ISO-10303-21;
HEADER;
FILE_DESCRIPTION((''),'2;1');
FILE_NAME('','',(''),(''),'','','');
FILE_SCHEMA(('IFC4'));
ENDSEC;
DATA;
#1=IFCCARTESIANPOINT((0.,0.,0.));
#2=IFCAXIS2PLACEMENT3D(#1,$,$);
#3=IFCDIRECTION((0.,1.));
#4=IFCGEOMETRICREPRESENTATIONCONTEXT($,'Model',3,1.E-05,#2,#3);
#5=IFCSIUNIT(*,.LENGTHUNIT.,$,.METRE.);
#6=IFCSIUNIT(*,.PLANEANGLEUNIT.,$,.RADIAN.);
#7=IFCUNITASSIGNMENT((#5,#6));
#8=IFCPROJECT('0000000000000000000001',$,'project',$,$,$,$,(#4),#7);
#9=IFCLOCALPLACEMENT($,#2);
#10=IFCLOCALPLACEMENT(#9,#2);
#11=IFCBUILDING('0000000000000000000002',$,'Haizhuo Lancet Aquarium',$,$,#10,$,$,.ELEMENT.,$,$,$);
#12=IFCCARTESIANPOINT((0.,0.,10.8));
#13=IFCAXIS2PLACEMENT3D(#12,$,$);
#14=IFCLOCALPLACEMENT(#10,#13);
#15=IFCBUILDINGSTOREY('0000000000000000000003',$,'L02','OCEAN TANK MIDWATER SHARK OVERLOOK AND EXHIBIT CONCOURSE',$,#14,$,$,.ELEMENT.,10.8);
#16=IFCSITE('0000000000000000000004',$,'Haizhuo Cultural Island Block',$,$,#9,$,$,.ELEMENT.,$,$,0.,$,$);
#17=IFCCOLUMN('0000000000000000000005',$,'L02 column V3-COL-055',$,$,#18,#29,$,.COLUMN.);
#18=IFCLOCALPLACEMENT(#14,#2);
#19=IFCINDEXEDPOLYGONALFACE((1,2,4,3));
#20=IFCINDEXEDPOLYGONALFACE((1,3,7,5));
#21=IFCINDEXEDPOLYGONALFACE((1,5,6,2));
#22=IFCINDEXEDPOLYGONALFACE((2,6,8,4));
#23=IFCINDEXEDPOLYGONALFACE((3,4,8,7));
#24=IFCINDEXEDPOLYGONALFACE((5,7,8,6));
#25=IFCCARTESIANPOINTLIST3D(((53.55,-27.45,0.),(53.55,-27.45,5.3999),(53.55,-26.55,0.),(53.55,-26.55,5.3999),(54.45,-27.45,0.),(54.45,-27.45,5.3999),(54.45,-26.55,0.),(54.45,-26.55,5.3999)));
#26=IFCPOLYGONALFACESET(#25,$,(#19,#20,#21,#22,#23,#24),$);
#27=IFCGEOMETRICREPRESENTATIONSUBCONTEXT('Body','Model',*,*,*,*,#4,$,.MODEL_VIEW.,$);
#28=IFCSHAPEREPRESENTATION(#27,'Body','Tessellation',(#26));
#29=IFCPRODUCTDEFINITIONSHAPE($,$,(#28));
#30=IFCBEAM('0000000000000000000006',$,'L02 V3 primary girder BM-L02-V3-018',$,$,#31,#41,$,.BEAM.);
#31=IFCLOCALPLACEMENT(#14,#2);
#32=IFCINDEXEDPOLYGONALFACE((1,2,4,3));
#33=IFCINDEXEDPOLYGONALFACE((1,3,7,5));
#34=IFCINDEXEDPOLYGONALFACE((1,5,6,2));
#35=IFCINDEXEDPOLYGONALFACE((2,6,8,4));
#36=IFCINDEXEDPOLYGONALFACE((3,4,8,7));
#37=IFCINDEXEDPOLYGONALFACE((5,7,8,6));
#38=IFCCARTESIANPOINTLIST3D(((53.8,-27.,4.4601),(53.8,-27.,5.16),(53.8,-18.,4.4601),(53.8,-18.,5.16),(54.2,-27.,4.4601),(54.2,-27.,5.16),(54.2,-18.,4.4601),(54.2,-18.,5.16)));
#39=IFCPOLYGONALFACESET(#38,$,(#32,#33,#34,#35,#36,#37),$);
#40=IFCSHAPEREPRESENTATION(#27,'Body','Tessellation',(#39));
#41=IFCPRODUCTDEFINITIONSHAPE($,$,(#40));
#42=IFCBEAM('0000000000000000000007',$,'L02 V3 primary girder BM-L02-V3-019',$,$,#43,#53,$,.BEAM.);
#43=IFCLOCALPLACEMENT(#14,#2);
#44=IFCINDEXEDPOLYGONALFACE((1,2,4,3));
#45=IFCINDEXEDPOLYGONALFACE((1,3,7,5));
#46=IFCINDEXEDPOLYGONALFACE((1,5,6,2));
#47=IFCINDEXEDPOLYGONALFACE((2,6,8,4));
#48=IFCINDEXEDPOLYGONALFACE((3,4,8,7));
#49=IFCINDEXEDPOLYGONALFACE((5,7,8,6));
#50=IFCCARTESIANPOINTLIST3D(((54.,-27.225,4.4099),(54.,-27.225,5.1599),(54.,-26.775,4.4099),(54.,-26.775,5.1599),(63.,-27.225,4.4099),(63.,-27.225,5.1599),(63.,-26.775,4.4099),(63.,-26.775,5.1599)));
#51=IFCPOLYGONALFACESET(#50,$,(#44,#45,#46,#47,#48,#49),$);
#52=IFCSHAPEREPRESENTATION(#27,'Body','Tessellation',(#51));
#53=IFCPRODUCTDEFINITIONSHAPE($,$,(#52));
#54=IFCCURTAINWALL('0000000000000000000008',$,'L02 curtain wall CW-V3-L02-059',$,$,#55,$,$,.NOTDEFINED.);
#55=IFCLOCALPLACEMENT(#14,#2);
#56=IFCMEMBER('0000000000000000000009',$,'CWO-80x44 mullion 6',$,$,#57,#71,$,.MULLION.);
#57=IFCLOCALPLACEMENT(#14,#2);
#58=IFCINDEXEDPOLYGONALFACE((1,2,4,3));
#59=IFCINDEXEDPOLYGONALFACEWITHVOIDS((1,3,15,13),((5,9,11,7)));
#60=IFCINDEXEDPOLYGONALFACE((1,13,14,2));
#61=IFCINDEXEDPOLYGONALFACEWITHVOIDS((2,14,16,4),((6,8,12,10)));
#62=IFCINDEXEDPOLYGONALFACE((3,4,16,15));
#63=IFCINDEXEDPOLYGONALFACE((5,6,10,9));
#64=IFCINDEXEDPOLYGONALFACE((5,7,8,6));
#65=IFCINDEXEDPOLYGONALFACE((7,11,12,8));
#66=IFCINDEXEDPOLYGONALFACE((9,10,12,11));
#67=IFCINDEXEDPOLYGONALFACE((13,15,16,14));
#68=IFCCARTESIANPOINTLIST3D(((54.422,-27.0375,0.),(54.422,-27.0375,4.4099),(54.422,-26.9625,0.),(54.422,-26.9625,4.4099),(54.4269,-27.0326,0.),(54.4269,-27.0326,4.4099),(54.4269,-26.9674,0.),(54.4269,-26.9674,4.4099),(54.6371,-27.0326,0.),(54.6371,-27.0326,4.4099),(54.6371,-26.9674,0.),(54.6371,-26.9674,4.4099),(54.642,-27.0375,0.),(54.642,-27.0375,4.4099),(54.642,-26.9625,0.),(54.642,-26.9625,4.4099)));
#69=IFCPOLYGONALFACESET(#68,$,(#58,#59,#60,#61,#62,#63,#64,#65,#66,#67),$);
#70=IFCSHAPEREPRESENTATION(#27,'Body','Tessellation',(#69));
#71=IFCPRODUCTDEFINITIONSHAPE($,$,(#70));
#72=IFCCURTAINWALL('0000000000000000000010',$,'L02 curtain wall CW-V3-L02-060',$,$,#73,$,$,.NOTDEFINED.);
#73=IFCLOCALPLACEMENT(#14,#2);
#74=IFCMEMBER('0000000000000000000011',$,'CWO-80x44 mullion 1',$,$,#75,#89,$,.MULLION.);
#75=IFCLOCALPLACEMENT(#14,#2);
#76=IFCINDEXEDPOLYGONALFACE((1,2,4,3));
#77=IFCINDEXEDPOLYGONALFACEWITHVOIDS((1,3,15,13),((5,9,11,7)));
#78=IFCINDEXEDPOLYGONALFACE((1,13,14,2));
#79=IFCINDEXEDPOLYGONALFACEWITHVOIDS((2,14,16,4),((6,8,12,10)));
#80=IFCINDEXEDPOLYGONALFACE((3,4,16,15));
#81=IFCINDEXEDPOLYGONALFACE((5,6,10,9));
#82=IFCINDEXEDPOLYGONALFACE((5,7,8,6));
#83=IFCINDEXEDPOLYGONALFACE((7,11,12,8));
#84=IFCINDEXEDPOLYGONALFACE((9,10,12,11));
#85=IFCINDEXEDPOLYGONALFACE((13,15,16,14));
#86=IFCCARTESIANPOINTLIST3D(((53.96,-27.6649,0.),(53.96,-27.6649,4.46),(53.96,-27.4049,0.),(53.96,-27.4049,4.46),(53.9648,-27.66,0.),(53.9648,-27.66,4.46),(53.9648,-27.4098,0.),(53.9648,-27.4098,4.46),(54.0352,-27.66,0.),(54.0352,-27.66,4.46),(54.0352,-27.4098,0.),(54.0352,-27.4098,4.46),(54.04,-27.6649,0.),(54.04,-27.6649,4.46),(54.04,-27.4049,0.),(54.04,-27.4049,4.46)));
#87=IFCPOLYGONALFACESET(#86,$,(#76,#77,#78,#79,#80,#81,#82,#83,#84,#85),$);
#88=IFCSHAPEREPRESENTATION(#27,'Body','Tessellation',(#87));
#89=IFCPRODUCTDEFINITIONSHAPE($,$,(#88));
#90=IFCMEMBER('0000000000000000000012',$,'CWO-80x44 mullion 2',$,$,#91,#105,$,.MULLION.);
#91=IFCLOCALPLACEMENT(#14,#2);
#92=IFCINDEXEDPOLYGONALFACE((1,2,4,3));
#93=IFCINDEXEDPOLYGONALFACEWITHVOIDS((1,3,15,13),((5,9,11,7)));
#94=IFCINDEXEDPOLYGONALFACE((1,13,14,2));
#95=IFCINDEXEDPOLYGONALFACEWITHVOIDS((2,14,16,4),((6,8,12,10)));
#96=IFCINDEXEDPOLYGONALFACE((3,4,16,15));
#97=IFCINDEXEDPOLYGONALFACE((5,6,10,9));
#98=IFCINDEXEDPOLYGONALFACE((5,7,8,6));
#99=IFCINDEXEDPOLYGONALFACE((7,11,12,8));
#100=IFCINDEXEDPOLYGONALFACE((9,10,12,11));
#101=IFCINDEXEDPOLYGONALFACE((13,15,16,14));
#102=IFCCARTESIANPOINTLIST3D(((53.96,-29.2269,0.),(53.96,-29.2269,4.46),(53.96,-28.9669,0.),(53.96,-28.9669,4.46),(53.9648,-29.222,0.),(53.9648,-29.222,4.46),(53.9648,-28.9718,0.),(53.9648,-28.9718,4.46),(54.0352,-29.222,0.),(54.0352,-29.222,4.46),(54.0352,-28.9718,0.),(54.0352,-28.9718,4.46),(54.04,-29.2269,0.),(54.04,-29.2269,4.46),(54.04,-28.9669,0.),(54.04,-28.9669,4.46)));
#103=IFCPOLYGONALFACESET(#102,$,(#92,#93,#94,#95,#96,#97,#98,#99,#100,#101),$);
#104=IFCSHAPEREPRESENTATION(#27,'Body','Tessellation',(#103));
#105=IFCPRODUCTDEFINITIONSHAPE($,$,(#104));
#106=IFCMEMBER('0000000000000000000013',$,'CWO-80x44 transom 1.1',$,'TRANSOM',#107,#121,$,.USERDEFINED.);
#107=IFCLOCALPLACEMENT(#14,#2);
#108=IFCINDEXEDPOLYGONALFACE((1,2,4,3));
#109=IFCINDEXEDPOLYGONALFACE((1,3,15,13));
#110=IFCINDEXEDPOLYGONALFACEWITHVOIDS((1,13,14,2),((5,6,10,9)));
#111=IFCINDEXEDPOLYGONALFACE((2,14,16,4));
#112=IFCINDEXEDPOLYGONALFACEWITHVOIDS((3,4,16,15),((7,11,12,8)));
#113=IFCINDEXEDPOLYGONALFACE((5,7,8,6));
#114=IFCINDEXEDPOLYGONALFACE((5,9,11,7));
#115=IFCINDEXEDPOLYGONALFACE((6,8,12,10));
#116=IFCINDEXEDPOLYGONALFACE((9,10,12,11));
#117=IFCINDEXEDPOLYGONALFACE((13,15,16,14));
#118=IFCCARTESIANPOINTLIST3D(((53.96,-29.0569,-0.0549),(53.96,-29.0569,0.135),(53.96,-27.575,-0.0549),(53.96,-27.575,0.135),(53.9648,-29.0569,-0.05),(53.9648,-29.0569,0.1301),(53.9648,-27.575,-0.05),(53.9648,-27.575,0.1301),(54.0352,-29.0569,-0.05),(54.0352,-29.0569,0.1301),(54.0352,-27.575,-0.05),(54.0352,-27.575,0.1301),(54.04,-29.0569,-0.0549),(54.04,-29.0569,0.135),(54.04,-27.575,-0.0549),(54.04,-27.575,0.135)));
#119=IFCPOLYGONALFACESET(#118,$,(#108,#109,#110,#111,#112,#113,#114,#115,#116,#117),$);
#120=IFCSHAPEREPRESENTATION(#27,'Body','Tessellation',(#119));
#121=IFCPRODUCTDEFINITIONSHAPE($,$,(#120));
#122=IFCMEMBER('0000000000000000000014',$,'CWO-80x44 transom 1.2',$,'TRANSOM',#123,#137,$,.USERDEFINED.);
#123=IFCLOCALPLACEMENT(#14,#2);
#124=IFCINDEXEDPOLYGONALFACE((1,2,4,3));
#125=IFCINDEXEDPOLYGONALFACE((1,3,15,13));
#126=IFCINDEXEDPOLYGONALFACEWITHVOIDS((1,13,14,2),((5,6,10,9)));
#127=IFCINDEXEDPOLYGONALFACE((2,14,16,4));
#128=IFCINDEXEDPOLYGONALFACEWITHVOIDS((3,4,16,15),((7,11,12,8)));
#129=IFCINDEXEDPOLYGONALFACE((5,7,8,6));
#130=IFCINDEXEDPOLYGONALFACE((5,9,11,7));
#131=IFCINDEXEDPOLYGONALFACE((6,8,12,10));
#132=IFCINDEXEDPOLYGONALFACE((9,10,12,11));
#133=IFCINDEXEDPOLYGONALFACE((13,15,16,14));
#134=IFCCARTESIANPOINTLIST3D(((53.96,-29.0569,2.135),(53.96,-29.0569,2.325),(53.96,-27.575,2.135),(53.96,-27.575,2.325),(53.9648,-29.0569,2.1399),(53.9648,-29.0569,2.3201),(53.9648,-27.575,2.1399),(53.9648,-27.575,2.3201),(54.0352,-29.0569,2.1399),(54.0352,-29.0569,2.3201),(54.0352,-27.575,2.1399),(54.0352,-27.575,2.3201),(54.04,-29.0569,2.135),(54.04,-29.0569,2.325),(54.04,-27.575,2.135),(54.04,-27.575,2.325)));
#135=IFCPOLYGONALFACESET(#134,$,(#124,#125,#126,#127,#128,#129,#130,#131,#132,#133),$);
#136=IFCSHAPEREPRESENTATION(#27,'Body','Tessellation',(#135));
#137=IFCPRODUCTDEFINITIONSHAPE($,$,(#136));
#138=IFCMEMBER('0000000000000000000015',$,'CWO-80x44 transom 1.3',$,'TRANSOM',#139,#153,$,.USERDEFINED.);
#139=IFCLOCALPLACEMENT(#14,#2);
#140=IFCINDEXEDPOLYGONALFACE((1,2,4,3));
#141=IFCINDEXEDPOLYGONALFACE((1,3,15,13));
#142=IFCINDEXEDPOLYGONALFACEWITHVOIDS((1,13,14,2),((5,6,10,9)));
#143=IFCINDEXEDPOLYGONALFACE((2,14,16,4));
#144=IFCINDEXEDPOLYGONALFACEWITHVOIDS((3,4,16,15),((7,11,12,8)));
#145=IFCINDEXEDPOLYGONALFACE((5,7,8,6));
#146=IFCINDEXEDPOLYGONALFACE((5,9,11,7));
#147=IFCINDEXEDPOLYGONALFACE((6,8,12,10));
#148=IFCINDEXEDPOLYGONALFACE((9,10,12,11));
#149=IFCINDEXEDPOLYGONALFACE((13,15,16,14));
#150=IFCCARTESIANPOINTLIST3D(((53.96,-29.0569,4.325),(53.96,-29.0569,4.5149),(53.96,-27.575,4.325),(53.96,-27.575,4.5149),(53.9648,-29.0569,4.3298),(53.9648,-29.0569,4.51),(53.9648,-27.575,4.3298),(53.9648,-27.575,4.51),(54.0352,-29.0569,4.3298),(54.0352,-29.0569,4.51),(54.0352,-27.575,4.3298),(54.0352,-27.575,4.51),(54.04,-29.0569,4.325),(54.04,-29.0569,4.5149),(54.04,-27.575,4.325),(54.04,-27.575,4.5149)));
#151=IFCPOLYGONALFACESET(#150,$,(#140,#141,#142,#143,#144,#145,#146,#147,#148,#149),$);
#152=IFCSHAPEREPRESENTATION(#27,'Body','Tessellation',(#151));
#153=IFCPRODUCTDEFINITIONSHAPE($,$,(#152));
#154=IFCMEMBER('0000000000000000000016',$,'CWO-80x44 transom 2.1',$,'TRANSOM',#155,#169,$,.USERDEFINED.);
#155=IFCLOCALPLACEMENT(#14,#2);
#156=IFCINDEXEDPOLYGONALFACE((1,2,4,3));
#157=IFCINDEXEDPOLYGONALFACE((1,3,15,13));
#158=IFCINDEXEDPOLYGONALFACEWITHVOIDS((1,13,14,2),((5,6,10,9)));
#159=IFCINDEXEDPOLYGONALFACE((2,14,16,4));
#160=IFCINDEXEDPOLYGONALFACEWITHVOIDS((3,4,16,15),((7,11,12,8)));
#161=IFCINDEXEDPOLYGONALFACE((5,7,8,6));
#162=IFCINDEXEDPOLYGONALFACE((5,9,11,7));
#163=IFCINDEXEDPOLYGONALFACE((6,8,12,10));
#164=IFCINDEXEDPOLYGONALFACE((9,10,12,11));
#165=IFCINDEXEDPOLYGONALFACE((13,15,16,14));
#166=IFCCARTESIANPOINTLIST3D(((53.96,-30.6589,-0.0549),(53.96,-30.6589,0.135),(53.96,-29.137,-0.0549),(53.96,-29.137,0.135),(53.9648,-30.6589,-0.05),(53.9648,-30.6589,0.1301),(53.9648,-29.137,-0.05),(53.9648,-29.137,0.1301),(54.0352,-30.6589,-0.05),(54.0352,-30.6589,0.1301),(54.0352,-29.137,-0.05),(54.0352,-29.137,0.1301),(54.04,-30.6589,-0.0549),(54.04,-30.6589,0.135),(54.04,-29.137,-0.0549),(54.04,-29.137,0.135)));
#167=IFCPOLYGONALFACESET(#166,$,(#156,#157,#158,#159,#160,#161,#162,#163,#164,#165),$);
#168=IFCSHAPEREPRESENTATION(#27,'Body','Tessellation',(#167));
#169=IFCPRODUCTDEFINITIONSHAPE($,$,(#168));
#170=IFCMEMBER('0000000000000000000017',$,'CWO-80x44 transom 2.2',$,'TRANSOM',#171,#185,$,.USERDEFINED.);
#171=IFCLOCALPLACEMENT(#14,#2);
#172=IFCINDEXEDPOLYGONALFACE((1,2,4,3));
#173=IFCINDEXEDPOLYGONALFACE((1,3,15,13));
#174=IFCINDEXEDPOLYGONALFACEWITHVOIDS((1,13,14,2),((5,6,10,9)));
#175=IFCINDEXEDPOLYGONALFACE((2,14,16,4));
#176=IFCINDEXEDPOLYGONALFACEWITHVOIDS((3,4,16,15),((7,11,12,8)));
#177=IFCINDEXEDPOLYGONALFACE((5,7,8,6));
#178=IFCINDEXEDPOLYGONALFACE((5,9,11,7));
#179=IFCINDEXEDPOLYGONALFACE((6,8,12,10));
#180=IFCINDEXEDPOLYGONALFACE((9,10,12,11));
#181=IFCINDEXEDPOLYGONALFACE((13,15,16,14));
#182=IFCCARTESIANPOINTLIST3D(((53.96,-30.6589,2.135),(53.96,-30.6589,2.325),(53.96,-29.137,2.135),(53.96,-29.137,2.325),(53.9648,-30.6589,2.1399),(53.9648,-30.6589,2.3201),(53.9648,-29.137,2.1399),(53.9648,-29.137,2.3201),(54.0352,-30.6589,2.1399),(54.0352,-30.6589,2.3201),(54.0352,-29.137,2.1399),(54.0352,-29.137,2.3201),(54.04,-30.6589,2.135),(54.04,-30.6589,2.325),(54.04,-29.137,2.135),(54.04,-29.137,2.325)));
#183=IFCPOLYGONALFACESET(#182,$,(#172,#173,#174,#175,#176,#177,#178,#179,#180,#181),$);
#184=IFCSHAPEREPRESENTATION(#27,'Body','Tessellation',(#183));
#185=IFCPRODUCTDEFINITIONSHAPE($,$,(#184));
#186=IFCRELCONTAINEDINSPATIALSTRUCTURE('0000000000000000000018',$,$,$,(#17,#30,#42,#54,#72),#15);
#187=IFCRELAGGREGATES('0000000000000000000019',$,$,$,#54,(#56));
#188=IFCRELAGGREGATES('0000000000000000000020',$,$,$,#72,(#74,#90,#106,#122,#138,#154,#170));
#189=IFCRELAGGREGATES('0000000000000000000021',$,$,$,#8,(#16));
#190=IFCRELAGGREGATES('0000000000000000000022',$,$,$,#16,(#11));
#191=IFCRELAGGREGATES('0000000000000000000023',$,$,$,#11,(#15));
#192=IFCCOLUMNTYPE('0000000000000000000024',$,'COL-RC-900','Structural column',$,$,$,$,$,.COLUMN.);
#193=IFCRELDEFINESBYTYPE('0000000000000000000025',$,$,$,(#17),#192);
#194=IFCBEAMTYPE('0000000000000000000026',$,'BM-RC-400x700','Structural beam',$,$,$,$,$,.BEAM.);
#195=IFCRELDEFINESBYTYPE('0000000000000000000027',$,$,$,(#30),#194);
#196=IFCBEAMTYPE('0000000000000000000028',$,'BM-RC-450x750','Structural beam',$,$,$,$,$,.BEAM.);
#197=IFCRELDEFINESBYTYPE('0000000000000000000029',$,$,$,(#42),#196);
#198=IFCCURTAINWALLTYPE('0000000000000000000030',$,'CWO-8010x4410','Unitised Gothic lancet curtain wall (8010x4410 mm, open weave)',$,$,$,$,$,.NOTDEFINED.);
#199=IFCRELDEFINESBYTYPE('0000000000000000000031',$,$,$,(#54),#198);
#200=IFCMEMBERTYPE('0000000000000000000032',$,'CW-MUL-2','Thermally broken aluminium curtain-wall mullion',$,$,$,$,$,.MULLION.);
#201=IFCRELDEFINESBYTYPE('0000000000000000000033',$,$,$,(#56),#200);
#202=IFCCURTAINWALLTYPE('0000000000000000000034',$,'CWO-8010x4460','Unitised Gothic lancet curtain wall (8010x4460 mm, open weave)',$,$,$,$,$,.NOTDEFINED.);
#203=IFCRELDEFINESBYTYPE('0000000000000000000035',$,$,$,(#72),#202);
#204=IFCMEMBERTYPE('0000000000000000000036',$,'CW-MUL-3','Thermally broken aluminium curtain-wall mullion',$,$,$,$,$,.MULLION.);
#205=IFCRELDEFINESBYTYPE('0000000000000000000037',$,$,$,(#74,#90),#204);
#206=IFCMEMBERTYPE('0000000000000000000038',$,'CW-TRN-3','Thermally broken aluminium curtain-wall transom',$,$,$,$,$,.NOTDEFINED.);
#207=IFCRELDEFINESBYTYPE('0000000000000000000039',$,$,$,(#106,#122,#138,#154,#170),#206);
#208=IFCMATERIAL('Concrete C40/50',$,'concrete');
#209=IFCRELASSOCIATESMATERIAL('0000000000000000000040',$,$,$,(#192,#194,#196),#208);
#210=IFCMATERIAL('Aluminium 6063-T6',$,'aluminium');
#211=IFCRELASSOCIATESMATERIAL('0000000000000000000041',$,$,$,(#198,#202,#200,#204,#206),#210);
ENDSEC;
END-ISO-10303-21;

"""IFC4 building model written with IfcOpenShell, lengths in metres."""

from ifc_helpers import new_model, si_unit, direction, frame, origin, origin_2d, place, context, subcontext, project, spatial, rectangle, hollow_rectangle, extrude, material, material_profile, profile_set, type_object, element, aggregate, save


model = new_model("IFC4")

# Units and contexts
model_context = context("Model", 3, precision=1e-05, world=origin(), true_north=direction((0.0, 1.0)))
body_context = subcontext(model_context, "Body", "Model", "MODEL_VIEW")
ifc_project = project(units=[si_unit("LENGTHUNIT", "METRE"), si_unit("PLANEANGLEUNIT", "RADIAN")], contexts=[model_context])

# Site, building, storey
site_placement = place(None, origin())
site = spatial("IfcSite", under=ifc_project, at=site_placement, Name="Haizhuo Cultural Island Block", CompositionType="ELEMENT", RefElevation=0.0)
building_placement = place(site_placement, origin())
building = spatial("IfcBuilding", under=site, at=building_placement, Name="Haizhuo Lancet Aquarium", CompositionType="ELEMENT")
storey_placement = place(building_placement, frame((0.0, 0.0, 10.8)))
storey = spatial("IfcBuildingStorey", under=building, at=storey_placement, Name="L02", Description="OCEAN TANK MIDWATER SHARK OVERLOOK AND EXHIBIT CONCOURSE", CompositionType="ELEMENT", Elevation=10.8)

# Column
ifc_material_1 = material(Name="Concrete C40/50", Category="concrete")
ifc_material_profile_1 = material_profile(ifc_material_1, rectangle(XDim=0.8999, YDim=0.8999, at=origin_2d()), Name="RC-COL 900x900")
ifc_profile_set_1 = profile_set([ifc_material_profile_1], Name="Concrete C40/50")
column_type = type_object("IfcColumnType", Name="COL-RC-900", Description="Structural column", PredefinedType="COLUMN", material=ifc_profile_set_1)
column_placement = place(storey_placement, frame((54.0, -27.0, 0.0), z_axis=(0.0, 0.0, 1.0), x_axis=(1.0, 0.0, 0.0)))
element("IfcColumn", 1, at=column_placement, inside=storey, type_object=column_type, Name="L02 column V3-COL-055", PredefinedType="COLUMN", context=body_context, shape_type="SweptSolid", body=[
    extrude(rectangle(XDim=0.8999, YDim=0.8999, at=origin_2d()), origin(), (0.0, 0.0, 1.0), 5.3999),
])

# Beams
ifc_material_profile_2 = material_profile(ifc_material_1, rectangle(XDim=0.3999, YDim=0.7, at=origin_2d()), Name="RC-BM 400x700")
ifc_profile_set_2 = profile_set([ifc_material_profile_2], Name="Concrete C40/50")
beam_type_1 = type_object("IfcBeamType", Name="BM-RC-400x700", Description="Structural beam", PredefinedType="BEAM", material=ifc_profile_set_2)
beam_1_placement = place(storey_placement, frame((54.0, -27.0, 4.8101), z_axis=(0.0, 1.0, 0.0), x_axis=(-1.0, 0.0, 0.0)))
element("IfcBeam", 2, at=beam_1_placement, inside=storey, type_object=beam_type_1, Name="L02 V3 primary girder BM-L02-V3-018", PredefinedType="BEAM", context=body_context, shape_type="SweptSolid", body=[
    extrude(rectangle(XDim=0.3999, YDim=0.7, at=origin_2d()), origin(), (0.0, 0.0, 1.0), 9.0),
])
ifc_material_profile_3 = material_profile(ifc_material_1, rectangle(XDim=0.45, YDim=0.75, at=origin_2d()), Name="RC-BM 450x750")
ifc_profile_set_3 = profile_set([ifc_material_profile_3], Name="Concrete C40/50")
beam_type_2 = type_object("IfcBeamType", Name="BM-RC-450x750", Description="Structural beam", PredefinedType="BEAM", material=ifc_profile_set_3)
beam_2_placement = place(storey_placement, frame((54.0, -27.0, 4.7849), z_axis=(1.0, 0.0, 0.0), x_axis=(0.0, 1.0, 0.0)))
element("IfcBeam", 3, at=beam_2_placement, inside=storey, type_object=beam_type_2, Name="L02 V3 primary girder BM-L02-V3-019", PredefinedType="BEAM", context=body_context, shape_type="SweptSolid", body=[
    extrude(rectangle(XDim=0.45, YDim=0.75, at=origin_2d()), origin(), (0.0, 0.0, 1.0), 9.0),
])

# Curtain wall, member
ifc_material_2 = material(Name="Aluminium 6063-T6", Category="aluminium")
curtain_wall_type_1 = type_object("IfcCurtainWallType", Name="CWO-8010x4410", Description="Unitised Gothic lancet curtain wall (8010x4410 mm, open weave)", PredefinedType="NOTDEFINED", material=ifc_material_2)
curtain_wall_1_placement = place(storey_placement, origin())
curtain_wall_1 = element("IfcCurtainWall", 4, at=curtain_wall_1_placement, inside=storey, type_object=curtain_wall_type_1, Name="L02 curtain wall CW-V3-L02-059", PredefinedType="NOTDEFINED")
ifc_material_profile_4 = material_profile(ifc_material_2, hollow_rectangle(XDim=0.075, YDim=0.22, WallThickness=0.0049, at=origin_2d()), Name="ALU-M 75x220x5")
ifc_profile_set_4 = profile_set([ifc_material_profile_4], Name="Aluminium 6063-T6")
member_type_1 = type_object("IfcMemberType", Name="CW-MUL-2", Description="Thermally broken aluminium curtain-wall mullion", PredefinedType="MULLION", material=ifc_profile_set_4)
member_1_placement = place(storey_placement, frame((54.532, -27.0, 0.0), z_axis=(0.0, 0.0, 1.0), x_axis=(0.0, -1.0, 0.0)))
member_1 = element("IfcMember", 5, at=member_1_placement, type_object=member_type_1, Name="CWO-80x44 mullion 6", PredefinedType="MULLION", context=body_context, shape_type="SweptSolid", body=[
    extrude(hollow_rectangle(XDim=0.075, YDim=0.22, WallThickness=0.0049, at=origin_2d()), origin(), (0.0, 0.0, 1.0), 4.4099),
])

# Curtain wall, members
curtain_wall_type_2 = type_object("IfcCurtainWallType", Name="CWO-8010x4460", Description="Unitised Gothic lancet curtain wall (8010x4460 mm, open weave)", PredefinedType="NOTDEFINED", material=ifc_material_2)
curtain_wall_2_placement = place(storey_placement, origin())
curtain_wall_2 = element("IfcCurtainWall", 6, at=curtain_wall_2_placement, inside=storey, type_object=curtain_wall_type_2, Name="L02 curtain wall CW-V3-L02-060", PredefinedType="NOTDEFINED")
ifc_material_profile_5 = material_profile(ifc_material_2, hollow_rectangle(XDim=0.0801, YDim=0.26, WallThickness=0.0049, at=origin_2d()), Name="ALU-M 80x260x5")
ifc_profile_set_5 = profile_set([ifc_material_profile_5], Name="Aluminium 6063-T6")
member_type_2 = type_object("IfcMemberType", Name="CW-MUL-3", Description="Thermally broken aluminium curtain-wall mullion", PredefinedType="MULLION", material=ifc_profile_set_5)
member_2_placement = place(storey_placement, frame((54.0, -27.5349, 0.0), z_axis=(0.0, 0.0, 1.0), x_axis=(1.0, 0.0, 0.0)))
member_2 = element("IfcMember", 7, at=member_2_placement, type_object=member_type_2, Name="CWO-80x44 mullion 1", PredefinedType="MULLION", context=body_context, shape_type="SweptSolid", body=[
    extrude(hollow_rectangle(XDim=0.0801, YDim=0.26, WallThickness=0.0049, at=origin_2d()), origin(), (0.0, 0.0, 1.0), 4.46),
])
member_3_placement = place(storey_placement, frame((54.0, -29.0969, 0.0), z_axis=(0.0, 0.0, 1.0), x_axis=(1.0, 0.0, 0.0)))
member_3 = element("IfcMember", 8, at=member_3_placement, type_object=member_type_2, Name="CWO-80x44 mullion 2", PredefinedType="MULLION", context=body_context, shape_type="SweptSolid", body=[
    extrude(hollow_rectangle(XDim=0.0801, YDim=0.26, WallThickness=0.0049, at=origin_2d()), origin(), (0.0, 0.0, 1.0), 4.46),
])
ifc_material_profile_6 = material_profile(ifc_material_2, hollow_rectangle(XDim=0.0801, YDim=0.1899, WallThickness=0.0049, at=origin_2d()), Name="ALU-T 80x190x5")
ifc_profile_set_6 = profile_set([ifc_material_profile_6], Name="Aluminium 6063-T6")
member_type_3 = type_object("IfcMemberType", Name="CW-TRN-3", Description="Thermally broken aluminium curtain-wall transom", PredefinedType="NOTDEFINED", material=ifc_profile_set_6)
member_4_placement = place(storey_placement, frame((54.0, -27.575, 0.04), z_axis=(0.0, -1.0, 0.0), x_axis=(1.0, 0.0, 0.0)))
member_4 = element("IfcMember", 9, at=member_4_placement, type_object=member_type_3, Name="CWO-80x44 transom 1.1", ObjectType="TRANSOM", PredefinedType="USERDEFINED", context=body_context, shape_type="SweptSolid", body=[
    extrude(hollow_rectangle(XDim=0.0801, YDim=0.1899, WallThickness=0.0049, at=origin_2d()), origin(), (0.0, 0.0, 1.0), 1.4819),
])
member_5_placement = place(storey_placement, frame((54.0, -27.575, 2.23), z_axis=(0.0, -1.0, 0.0), x_axis=(1.0, 0.0, 0.0)))
member_5 = element("IfcMember", 10, at=member_5_placement, type_object=member_type_3, Name="CWO-80x44 transom 1.2", ObjectType="TRANSOM", PredefinedType="USERDEFINED", context=body_context, shape_type="SweptSolid", body=[
    extrude(hollow_rectangle(XDim=0.0801, YDim=0.1899, WallThickness=0.0049, at=origin_2d()), origin(), (0.0, 0.0, 1.0), 1.4819),
])
member_6_placement = place(storey_placement, frame((54.0, -27.575, 4.4199), z_axis=(0.0, -1.0, 0.0), x_axis=(1.0, 0.0, 0.0)))
member_6 = element("IfcMember", 11, at=member_6_placement, type_object=member_type_3, Name="CWO-80x44 transom 1.3", ObjectType="TRANSOM", PredefinedType="USERDEFINED", context=body_context, shape_type="SweptSolid", body=[
    extrude(hollow_rectangle(XDim=0.0801, YDim=0.1899, WallThickness=0.0049, at=origin_2d()), origin(), (0.0, 0.0, 1.0), 1.4819),
])
member_7_placement = place(storey_placement, frame((54.0, -29.137, 0.04), z_axis=(0.0, -1.0, 0.0), x_axis=(1.0, 0.0, 0.0)))
member_7 = element("IfcMember", 12, at=member_7_placement, type_object=member_type_3, Name="CWO-80x44 transom 2.1", ObjectType="TRANSOM", PredefinedType="USERDEFINED", context=body_context, shape_type="SweptSolid", body=[
    extrude(hollow_rectangle(XDim=0.0801, YDim=0.1899, WallThickness=0.0049, at=origin_2d()), origin(), (0.0, 0.0, 1.0), 1.522),
])
member_8_placement = place(storey_placement, frame((54.0, -29.137, 2.23), z_axis=(0.0, -1.0, 0.0), x_axis=(1.0, 0.0, 0.0)))
member_8 = element("IfcMember", 13, at=member_8_placement, type_object=member_type_3, Name="CWO-80x44 transom 2.2", ObjectType="TRANSOM", PredefinedType="USERDEFINED", context=body_context, shape_type="SweptSolid", body=[
    extrude(hollow_rectangle(XDim=0.0801, YDim=0.1899, WallThickness=0.0049, at=origin_2d()), origin(), (0.0, 0.0, 1.0), 1.522),
])

aggregate(curtain_wall_1, [member_1])
aggregate(curtain_wall_2, [member_2, member_3, member_4, member_5, member_6, member_7, member_8])

save(model, "model.ifc")
